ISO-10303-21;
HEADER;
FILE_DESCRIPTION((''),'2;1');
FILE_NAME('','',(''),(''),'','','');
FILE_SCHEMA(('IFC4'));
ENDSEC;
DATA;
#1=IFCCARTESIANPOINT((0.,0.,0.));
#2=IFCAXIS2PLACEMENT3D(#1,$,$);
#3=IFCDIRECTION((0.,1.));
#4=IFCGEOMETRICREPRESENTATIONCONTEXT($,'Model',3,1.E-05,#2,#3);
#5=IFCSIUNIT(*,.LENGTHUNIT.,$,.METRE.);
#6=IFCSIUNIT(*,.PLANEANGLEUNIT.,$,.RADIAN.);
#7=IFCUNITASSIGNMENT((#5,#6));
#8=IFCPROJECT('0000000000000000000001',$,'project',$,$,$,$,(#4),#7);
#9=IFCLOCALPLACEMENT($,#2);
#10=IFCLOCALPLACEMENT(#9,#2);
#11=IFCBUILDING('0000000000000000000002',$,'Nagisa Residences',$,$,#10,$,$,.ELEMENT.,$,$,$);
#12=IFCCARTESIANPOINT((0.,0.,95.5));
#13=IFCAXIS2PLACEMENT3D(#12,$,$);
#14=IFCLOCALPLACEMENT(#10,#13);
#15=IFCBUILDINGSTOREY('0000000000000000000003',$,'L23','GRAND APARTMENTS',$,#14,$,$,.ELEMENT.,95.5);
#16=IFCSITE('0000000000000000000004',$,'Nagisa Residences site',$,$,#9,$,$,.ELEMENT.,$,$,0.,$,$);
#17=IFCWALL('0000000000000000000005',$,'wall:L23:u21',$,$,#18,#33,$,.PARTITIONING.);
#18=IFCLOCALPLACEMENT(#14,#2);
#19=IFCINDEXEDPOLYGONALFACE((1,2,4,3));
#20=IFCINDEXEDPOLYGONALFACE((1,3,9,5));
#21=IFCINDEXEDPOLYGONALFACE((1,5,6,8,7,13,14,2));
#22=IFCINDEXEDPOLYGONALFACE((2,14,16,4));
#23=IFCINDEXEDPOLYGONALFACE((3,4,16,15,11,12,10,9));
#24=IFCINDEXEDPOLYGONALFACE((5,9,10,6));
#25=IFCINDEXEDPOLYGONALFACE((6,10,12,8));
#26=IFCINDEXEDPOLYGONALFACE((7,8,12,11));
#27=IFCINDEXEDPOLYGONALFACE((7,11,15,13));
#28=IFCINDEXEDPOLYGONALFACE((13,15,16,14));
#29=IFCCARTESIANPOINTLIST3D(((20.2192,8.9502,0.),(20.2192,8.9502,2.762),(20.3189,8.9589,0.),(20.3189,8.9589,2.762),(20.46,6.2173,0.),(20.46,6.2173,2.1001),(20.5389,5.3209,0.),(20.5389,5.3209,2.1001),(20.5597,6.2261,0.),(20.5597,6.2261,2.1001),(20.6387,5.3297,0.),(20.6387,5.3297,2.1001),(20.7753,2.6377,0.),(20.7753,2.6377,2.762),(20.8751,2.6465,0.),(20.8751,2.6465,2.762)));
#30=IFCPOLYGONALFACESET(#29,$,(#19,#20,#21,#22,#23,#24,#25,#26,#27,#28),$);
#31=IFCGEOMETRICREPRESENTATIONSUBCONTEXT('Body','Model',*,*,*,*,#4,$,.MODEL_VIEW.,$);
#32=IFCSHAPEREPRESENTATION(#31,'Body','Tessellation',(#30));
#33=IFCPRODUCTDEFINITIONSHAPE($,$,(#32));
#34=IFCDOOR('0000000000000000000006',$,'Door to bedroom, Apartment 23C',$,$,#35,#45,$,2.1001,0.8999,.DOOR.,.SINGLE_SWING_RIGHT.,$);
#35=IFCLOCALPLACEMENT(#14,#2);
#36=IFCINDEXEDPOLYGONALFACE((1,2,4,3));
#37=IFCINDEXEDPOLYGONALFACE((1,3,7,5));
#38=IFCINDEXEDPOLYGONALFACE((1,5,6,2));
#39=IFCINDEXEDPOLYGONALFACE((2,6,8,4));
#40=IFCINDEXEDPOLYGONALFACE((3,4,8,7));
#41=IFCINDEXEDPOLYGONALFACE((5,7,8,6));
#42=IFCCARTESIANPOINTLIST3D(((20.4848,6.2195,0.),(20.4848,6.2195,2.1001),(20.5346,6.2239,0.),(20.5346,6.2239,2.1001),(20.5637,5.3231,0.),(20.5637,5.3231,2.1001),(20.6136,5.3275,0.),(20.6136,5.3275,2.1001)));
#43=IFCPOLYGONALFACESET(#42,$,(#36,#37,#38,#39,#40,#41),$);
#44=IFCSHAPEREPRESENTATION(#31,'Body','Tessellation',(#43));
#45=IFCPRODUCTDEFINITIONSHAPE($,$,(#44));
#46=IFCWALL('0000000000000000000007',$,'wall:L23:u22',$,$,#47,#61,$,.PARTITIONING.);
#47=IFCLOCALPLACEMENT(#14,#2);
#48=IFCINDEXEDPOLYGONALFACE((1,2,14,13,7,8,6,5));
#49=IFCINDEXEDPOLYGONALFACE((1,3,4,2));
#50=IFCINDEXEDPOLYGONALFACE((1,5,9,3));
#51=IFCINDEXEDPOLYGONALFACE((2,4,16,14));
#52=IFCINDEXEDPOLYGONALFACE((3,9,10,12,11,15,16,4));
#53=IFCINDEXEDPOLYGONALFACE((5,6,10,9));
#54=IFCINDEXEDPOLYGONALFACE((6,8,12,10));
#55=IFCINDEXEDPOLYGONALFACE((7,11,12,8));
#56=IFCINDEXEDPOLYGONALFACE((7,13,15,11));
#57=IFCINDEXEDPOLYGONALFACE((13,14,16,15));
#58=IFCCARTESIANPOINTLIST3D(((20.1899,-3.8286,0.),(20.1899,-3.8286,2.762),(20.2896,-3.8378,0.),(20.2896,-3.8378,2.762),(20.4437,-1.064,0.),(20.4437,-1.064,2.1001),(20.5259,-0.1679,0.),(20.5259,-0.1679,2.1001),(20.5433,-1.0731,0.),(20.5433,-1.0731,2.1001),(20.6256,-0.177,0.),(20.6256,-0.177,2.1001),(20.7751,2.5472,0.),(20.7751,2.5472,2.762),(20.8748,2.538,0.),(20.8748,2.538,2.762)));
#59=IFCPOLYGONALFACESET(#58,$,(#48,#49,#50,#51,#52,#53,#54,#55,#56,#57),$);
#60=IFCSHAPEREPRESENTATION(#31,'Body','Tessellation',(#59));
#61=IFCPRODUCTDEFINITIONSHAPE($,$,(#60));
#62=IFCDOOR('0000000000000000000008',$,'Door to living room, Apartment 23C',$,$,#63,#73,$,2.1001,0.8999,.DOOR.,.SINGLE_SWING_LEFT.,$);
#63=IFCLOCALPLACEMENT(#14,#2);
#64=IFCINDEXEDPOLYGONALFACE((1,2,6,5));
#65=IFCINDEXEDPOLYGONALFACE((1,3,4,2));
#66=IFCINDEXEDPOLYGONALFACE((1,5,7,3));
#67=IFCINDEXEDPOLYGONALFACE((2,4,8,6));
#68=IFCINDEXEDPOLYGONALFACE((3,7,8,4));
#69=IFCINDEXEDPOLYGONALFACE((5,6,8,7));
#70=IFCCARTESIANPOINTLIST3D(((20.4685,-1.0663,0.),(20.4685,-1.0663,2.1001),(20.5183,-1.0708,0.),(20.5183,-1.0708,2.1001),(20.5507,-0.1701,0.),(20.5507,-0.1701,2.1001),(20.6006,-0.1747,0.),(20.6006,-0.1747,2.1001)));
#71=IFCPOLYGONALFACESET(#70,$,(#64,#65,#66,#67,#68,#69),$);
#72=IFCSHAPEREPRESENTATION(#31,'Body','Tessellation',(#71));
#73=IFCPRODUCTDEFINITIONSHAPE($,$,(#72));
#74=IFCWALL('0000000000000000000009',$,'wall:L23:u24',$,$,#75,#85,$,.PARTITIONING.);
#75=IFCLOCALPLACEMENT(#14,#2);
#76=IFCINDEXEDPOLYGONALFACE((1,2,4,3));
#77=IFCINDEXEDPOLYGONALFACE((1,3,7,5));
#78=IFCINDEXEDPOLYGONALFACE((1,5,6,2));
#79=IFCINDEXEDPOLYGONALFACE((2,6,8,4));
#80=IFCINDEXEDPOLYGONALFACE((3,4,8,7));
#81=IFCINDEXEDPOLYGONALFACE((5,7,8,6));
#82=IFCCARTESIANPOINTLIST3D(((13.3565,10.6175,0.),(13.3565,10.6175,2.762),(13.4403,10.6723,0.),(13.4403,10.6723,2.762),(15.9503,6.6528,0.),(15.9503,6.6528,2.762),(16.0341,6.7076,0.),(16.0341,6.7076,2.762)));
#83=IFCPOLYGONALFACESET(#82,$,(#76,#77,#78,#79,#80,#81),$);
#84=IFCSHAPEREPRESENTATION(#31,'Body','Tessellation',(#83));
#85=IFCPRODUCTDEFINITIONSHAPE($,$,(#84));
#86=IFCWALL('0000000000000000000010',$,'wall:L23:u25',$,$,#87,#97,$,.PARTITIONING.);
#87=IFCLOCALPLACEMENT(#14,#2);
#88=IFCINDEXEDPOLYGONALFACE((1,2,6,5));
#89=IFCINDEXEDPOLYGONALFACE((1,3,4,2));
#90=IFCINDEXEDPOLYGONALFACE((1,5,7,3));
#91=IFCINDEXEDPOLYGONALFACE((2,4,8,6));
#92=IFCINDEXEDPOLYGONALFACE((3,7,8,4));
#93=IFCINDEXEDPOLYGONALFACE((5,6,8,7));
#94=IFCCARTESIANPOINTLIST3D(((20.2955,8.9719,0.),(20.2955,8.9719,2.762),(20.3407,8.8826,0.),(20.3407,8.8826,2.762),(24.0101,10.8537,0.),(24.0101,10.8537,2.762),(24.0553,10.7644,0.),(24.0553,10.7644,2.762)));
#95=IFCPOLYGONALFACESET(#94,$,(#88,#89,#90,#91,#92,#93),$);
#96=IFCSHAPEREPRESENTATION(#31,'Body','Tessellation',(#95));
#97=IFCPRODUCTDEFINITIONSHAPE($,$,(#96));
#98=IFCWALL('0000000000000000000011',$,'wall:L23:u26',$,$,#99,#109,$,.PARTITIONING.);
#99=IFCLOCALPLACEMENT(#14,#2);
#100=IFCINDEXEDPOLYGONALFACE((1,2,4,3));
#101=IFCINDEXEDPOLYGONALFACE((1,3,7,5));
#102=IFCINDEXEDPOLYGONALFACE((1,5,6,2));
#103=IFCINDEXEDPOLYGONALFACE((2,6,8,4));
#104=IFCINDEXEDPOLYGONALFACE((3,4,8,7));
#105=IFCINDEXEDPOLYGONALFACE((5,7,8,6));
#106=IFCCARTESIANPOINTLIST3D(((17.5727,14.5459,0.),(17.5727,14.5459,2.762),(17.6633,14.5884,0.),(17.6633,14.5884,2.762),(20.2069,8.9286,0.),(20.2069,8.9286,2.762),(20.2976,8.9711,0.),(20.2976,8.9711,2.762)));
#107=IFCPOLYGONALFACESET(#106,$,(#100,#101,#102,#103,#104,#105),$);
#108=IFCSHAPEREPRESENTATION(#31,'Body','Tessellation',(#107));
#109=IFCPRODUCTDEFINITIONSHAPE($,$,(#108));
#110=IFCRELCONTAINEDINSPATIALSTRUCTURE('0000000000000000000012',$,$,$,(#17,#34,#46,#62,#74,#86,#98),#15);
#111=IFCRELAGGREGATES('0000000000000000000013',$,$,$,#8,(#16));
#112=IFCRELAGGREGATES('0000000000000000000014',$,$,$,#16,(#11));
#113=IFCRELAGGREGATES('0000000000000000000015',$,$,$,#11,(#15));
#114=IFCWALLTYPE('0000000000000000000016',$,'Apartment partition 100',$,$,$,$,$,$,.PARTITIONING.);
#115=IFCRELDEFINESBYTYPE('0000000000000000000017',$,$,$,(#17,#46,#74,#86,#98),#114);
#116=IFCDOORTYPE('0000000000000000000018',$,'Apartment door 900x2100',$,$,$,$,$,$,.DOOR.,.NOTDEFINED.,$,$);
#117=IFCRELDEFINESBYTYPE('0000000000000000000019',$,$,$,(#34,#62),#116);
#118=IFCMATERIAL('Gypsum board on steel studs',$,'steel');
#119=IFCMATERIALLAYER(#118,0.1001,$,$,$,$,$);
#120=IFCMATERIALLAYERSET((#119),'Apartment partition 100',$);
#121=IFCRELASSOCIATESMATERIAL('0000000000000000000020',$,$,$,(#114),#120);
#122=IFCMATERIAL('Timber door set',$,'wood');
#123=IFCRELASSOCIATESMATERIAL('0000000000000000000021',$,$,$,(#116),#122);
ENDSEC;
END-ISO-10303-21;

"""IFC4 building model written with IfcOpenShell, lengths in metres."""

from ifc_helpers import new_model, si_unit, direction, frame, frame_2d, origin, place, context, subcontext, project, spatial, rectangle, extrude, material, layer, layer_set, type_object, element, fill, save


model = new_model("IFC4")

# Units and contexts
model_context = context("Model", 3, precision=1e-05, world=origin(), true_north=direction((0.0, 1.0)))
body_context = subcontext(model_context, "Body", "Model", "MODEL_VIEW")
ifc_project = project(units=[si_unit("LENGTHUNIT", "METRE"), si_unit("PLANEANGLEUNIT", "RADIAN")], contexts=[model_context])

# Site, building, storey
site_placement = place(None, origin())
site = spatial("IfcSite", under=ifc_project, at=site_placement, Name="Nagisa Residences site", CompositionType="ELEMENT", RefElevation=0.0)
building_placement = place(site_placement, origin())
building = spatial("IfcBuilding", under=site, at=building_placement, Name="Nagisa Residences", CompositionType="ELEMENT")
storey_placement = place(building_placement, frame((0.0, 0.0, 95.5)))
storey = spatial("IfcBuildingStorey", under=building, at=storey_placement, Name="L23", Description="GRAND APARTMENTS", CompositionType="ELEMENT", Elevation=95.5)

# Walls, openings, doors
ifc_material_1 = material(Name="Gypsum board on steel studs", Category="steel")
ifc_layer_1 = layer(ifc_material_1, 0.1001)
ifc_layer_set_1 = layer_set([ifc_layer_1], Name="Apartment partition 100")
wall_type = type_object("IfcWallType", Name="Apartment partition 100", PredefinedType="PARTITIONING", material=ifc_layer_set_1)
ifc_material_2 = material(Name="Timber door set", Category="wood")
door_type = type_object("IfcDoorType", Name="Apartment door 900x2100", OperationType="NOTDEFINED", PredefinedType="DOOR", material=ifc_material_2)
wall_1_placement = place(storey_placement, frame((20.8252, 2.6421, 0.0), z_axis=(0.0, 0.0, 1.0), x_axis=(-0.087763, 0.996141, 0.0)))
wall_1 = element("IfcWall", 1, at=wall_1_placement, inside=storey, type_object=wall_type, Name="wall:L23:u21", PredefinedType="PARTITIONING", context=body_context, shape_type="SweptSolid", body=[
    extrude(rectangle(XDim=6.3369, YDim=0.1001, at=frame_2d((3.1685, 0.0))), origin(), (0.0, 0.0, 1.0), 2.762),
])
opening_1_placement = place(wall_1_placement, frame((2.6936, 0.0, 0.0)))
opening_1 = element("IfcOpeningElement", 2, at=opening_1_placement, cuts=wall_1, PredefinedType="OPENING", context=body_context, shape_type="SweptSolid", body=[
    extrude(rectangle(XDim=0.8999, YDim=2.1001, at=frame_2d((0.45, 1.05))), frame((0.0, 0.0601, 0.0), z_axis=(0.0, -1.0, 0.0), x_axis=(1.0, 0.0, 0.0)), (0.0, 0.0, 1.0), 0.1201),
])
door_1_placement = place(opening_1_placement, frame((0.8999, 0.0, 0.0), x_axis=(-1.0, 0.0, 0.0)))
door_1 = element("IfcDoor", 3, at=door_1_placement, inside=storey, type_object=door_type, Name="Door to bedroom, Apartment 23C", OperationType="SINGLE_SWING_RIGHT", OverallHeight=2.1001, OverallWidth=0.8999, PredefinedType="DOOR", context=body_context, shape_type="SweptSolid", body=[
    extrude(rectangle(XDim=0.8999, YDim=2.1001, at=frame_2d((0.45, 1.05))), frame((0.0, 0.0249, 0.0), z_axis=(0.0, -1.0, 0.0), x_axis=(1.0, 0.0, 0.0)), (0.0, 0.0, 1.0), 0.05),
])
fill(opening_1, door_1)
wall_2_placement = place(storey_placement, frame((20.825, 2.5425, 0.0), z_axis=(0.0, 0.0, 1.0), x_axis=(-0.091402, -0.995814, 0.0)))
wall_2 = element("IfcWall", 4, at=wall_2_placement, inside=storey, type_object=wall_type, Name="wall:L23:u22", PredefinedType="PARTITIONING", context=body_context, shape_type="SweptSolid", body=[
    extrude(rectangle(XDim=6.4026, YDim=0.1001, at=frame_2d((3.2012, 0.0))), origin(), (0.0, 0.0, 1.0), 2.762),
])
opening_2_placement = place(wall_2_placement, frame((2.7263, 0.0, 0.0)))
opening_2 = element("IfcOpeningElement", 5, at=opening_2_placement, cuts=wall_2, PredefinedType="OPENING", context=body_context, shape_type="SweptSolid", body=[
    extrude(rectangle(XDim=0.8999, YDim=2.1001, at=frame_2d((0.45, 1.05))), frame((0.0, 0.0601, 0.0), z_axis=(0.0, -1.0, 0.0), x_axis=(1.0, 0.0, 0.0)), (0.0, 0.0, 1.0), 0.1201),
])
door_2_placement = place(opening_2_placement, origin())
door_2 = element("IfcDoor", 6, at=door_2_placement, inside=storey, type_object=door_type, Name="Door to living room, Apartment 23C", OperationType="SINGLE_SWING_LEFT", OverallHeight=2.1001, OverallWidth=0.8999, PredefinedType="DOOR", context=body_context, shape_type="SweptSolid", body=[
    extrude(rectangle(XDim=0.8999, YDim=2.1001, at=frame_2d((0.45, 1.05))), frame((0.0, 0.0249, 0.0), z_axis=(0.0, -1.0, 0.0), x_axis=(1.0, 0.0, 0.0)), (0.0, 0.0, 1.0), 0.05),
])
fill(opening_2, door_2)

# Walls
wall_3_placement = place(storey_placement, frame((15.9922, 6.6802, 0.0), z_axis=(0.0, 0.0, 1.0), x_axis=(-0.547473, 0.836823, 0.0)))
element("IfcWall", 7, at=wall_3_placement, inside=storey, type_object=wall_type, Name="wall:L23:u24", PredefinedType="PARTITIONING", context=body_context, shape_type="SweptSolid", body=[
    extrude(rectangle(XDim=4.7378, YDim=0.1001, at=frame_2d((2.3689, 0.0))), origin(), (0.0, 0.0, 1.0), 2.762),
])
wall_4_placement = place(storey_placement, frame((20.3181, 8.9272, 0.0), z_axis=(0.0, 0.0, 1.0), x_axis=(0.892058, 0.451921, 0.0)))
element("IfcWall", 8, at=wall_4_placement, inside=storey, type_object=wall_type, Name="wall:L23:u25", PredefinedType="PARTITIONING", context=body_context, shape_type="SweptSolid", body=[
    extrude(rectangle(XDim=4.1641, YDim=0.1001, at=frame_2d((2.082, 0.0))), origin(), (0.0, 0.0, 1.0), 2.762),
])
wall_5_placement = place(storey_placement, frame((20.2522, 8.95, 0.0), z_axis=(0.0, 0.0, 1.0), x_axis=(-0.42458, 0.90539, 0.0)))
element("IfcWall", 9, at=wall_5_placement, inside=storey, type_object=wall_type, Name="wall:L23:u26", PredefinedType="PARTITIONING", context=body_context, shape_type="SweptSolid", body=[
    extrude(rectangle(XDim=6.2043, YDim=0.1001, at=frame_2d((3.1021, 0.0))), origin(), (0.0, 0.0, 1.0), 2.762),
])

save(model, "model.ifc")
